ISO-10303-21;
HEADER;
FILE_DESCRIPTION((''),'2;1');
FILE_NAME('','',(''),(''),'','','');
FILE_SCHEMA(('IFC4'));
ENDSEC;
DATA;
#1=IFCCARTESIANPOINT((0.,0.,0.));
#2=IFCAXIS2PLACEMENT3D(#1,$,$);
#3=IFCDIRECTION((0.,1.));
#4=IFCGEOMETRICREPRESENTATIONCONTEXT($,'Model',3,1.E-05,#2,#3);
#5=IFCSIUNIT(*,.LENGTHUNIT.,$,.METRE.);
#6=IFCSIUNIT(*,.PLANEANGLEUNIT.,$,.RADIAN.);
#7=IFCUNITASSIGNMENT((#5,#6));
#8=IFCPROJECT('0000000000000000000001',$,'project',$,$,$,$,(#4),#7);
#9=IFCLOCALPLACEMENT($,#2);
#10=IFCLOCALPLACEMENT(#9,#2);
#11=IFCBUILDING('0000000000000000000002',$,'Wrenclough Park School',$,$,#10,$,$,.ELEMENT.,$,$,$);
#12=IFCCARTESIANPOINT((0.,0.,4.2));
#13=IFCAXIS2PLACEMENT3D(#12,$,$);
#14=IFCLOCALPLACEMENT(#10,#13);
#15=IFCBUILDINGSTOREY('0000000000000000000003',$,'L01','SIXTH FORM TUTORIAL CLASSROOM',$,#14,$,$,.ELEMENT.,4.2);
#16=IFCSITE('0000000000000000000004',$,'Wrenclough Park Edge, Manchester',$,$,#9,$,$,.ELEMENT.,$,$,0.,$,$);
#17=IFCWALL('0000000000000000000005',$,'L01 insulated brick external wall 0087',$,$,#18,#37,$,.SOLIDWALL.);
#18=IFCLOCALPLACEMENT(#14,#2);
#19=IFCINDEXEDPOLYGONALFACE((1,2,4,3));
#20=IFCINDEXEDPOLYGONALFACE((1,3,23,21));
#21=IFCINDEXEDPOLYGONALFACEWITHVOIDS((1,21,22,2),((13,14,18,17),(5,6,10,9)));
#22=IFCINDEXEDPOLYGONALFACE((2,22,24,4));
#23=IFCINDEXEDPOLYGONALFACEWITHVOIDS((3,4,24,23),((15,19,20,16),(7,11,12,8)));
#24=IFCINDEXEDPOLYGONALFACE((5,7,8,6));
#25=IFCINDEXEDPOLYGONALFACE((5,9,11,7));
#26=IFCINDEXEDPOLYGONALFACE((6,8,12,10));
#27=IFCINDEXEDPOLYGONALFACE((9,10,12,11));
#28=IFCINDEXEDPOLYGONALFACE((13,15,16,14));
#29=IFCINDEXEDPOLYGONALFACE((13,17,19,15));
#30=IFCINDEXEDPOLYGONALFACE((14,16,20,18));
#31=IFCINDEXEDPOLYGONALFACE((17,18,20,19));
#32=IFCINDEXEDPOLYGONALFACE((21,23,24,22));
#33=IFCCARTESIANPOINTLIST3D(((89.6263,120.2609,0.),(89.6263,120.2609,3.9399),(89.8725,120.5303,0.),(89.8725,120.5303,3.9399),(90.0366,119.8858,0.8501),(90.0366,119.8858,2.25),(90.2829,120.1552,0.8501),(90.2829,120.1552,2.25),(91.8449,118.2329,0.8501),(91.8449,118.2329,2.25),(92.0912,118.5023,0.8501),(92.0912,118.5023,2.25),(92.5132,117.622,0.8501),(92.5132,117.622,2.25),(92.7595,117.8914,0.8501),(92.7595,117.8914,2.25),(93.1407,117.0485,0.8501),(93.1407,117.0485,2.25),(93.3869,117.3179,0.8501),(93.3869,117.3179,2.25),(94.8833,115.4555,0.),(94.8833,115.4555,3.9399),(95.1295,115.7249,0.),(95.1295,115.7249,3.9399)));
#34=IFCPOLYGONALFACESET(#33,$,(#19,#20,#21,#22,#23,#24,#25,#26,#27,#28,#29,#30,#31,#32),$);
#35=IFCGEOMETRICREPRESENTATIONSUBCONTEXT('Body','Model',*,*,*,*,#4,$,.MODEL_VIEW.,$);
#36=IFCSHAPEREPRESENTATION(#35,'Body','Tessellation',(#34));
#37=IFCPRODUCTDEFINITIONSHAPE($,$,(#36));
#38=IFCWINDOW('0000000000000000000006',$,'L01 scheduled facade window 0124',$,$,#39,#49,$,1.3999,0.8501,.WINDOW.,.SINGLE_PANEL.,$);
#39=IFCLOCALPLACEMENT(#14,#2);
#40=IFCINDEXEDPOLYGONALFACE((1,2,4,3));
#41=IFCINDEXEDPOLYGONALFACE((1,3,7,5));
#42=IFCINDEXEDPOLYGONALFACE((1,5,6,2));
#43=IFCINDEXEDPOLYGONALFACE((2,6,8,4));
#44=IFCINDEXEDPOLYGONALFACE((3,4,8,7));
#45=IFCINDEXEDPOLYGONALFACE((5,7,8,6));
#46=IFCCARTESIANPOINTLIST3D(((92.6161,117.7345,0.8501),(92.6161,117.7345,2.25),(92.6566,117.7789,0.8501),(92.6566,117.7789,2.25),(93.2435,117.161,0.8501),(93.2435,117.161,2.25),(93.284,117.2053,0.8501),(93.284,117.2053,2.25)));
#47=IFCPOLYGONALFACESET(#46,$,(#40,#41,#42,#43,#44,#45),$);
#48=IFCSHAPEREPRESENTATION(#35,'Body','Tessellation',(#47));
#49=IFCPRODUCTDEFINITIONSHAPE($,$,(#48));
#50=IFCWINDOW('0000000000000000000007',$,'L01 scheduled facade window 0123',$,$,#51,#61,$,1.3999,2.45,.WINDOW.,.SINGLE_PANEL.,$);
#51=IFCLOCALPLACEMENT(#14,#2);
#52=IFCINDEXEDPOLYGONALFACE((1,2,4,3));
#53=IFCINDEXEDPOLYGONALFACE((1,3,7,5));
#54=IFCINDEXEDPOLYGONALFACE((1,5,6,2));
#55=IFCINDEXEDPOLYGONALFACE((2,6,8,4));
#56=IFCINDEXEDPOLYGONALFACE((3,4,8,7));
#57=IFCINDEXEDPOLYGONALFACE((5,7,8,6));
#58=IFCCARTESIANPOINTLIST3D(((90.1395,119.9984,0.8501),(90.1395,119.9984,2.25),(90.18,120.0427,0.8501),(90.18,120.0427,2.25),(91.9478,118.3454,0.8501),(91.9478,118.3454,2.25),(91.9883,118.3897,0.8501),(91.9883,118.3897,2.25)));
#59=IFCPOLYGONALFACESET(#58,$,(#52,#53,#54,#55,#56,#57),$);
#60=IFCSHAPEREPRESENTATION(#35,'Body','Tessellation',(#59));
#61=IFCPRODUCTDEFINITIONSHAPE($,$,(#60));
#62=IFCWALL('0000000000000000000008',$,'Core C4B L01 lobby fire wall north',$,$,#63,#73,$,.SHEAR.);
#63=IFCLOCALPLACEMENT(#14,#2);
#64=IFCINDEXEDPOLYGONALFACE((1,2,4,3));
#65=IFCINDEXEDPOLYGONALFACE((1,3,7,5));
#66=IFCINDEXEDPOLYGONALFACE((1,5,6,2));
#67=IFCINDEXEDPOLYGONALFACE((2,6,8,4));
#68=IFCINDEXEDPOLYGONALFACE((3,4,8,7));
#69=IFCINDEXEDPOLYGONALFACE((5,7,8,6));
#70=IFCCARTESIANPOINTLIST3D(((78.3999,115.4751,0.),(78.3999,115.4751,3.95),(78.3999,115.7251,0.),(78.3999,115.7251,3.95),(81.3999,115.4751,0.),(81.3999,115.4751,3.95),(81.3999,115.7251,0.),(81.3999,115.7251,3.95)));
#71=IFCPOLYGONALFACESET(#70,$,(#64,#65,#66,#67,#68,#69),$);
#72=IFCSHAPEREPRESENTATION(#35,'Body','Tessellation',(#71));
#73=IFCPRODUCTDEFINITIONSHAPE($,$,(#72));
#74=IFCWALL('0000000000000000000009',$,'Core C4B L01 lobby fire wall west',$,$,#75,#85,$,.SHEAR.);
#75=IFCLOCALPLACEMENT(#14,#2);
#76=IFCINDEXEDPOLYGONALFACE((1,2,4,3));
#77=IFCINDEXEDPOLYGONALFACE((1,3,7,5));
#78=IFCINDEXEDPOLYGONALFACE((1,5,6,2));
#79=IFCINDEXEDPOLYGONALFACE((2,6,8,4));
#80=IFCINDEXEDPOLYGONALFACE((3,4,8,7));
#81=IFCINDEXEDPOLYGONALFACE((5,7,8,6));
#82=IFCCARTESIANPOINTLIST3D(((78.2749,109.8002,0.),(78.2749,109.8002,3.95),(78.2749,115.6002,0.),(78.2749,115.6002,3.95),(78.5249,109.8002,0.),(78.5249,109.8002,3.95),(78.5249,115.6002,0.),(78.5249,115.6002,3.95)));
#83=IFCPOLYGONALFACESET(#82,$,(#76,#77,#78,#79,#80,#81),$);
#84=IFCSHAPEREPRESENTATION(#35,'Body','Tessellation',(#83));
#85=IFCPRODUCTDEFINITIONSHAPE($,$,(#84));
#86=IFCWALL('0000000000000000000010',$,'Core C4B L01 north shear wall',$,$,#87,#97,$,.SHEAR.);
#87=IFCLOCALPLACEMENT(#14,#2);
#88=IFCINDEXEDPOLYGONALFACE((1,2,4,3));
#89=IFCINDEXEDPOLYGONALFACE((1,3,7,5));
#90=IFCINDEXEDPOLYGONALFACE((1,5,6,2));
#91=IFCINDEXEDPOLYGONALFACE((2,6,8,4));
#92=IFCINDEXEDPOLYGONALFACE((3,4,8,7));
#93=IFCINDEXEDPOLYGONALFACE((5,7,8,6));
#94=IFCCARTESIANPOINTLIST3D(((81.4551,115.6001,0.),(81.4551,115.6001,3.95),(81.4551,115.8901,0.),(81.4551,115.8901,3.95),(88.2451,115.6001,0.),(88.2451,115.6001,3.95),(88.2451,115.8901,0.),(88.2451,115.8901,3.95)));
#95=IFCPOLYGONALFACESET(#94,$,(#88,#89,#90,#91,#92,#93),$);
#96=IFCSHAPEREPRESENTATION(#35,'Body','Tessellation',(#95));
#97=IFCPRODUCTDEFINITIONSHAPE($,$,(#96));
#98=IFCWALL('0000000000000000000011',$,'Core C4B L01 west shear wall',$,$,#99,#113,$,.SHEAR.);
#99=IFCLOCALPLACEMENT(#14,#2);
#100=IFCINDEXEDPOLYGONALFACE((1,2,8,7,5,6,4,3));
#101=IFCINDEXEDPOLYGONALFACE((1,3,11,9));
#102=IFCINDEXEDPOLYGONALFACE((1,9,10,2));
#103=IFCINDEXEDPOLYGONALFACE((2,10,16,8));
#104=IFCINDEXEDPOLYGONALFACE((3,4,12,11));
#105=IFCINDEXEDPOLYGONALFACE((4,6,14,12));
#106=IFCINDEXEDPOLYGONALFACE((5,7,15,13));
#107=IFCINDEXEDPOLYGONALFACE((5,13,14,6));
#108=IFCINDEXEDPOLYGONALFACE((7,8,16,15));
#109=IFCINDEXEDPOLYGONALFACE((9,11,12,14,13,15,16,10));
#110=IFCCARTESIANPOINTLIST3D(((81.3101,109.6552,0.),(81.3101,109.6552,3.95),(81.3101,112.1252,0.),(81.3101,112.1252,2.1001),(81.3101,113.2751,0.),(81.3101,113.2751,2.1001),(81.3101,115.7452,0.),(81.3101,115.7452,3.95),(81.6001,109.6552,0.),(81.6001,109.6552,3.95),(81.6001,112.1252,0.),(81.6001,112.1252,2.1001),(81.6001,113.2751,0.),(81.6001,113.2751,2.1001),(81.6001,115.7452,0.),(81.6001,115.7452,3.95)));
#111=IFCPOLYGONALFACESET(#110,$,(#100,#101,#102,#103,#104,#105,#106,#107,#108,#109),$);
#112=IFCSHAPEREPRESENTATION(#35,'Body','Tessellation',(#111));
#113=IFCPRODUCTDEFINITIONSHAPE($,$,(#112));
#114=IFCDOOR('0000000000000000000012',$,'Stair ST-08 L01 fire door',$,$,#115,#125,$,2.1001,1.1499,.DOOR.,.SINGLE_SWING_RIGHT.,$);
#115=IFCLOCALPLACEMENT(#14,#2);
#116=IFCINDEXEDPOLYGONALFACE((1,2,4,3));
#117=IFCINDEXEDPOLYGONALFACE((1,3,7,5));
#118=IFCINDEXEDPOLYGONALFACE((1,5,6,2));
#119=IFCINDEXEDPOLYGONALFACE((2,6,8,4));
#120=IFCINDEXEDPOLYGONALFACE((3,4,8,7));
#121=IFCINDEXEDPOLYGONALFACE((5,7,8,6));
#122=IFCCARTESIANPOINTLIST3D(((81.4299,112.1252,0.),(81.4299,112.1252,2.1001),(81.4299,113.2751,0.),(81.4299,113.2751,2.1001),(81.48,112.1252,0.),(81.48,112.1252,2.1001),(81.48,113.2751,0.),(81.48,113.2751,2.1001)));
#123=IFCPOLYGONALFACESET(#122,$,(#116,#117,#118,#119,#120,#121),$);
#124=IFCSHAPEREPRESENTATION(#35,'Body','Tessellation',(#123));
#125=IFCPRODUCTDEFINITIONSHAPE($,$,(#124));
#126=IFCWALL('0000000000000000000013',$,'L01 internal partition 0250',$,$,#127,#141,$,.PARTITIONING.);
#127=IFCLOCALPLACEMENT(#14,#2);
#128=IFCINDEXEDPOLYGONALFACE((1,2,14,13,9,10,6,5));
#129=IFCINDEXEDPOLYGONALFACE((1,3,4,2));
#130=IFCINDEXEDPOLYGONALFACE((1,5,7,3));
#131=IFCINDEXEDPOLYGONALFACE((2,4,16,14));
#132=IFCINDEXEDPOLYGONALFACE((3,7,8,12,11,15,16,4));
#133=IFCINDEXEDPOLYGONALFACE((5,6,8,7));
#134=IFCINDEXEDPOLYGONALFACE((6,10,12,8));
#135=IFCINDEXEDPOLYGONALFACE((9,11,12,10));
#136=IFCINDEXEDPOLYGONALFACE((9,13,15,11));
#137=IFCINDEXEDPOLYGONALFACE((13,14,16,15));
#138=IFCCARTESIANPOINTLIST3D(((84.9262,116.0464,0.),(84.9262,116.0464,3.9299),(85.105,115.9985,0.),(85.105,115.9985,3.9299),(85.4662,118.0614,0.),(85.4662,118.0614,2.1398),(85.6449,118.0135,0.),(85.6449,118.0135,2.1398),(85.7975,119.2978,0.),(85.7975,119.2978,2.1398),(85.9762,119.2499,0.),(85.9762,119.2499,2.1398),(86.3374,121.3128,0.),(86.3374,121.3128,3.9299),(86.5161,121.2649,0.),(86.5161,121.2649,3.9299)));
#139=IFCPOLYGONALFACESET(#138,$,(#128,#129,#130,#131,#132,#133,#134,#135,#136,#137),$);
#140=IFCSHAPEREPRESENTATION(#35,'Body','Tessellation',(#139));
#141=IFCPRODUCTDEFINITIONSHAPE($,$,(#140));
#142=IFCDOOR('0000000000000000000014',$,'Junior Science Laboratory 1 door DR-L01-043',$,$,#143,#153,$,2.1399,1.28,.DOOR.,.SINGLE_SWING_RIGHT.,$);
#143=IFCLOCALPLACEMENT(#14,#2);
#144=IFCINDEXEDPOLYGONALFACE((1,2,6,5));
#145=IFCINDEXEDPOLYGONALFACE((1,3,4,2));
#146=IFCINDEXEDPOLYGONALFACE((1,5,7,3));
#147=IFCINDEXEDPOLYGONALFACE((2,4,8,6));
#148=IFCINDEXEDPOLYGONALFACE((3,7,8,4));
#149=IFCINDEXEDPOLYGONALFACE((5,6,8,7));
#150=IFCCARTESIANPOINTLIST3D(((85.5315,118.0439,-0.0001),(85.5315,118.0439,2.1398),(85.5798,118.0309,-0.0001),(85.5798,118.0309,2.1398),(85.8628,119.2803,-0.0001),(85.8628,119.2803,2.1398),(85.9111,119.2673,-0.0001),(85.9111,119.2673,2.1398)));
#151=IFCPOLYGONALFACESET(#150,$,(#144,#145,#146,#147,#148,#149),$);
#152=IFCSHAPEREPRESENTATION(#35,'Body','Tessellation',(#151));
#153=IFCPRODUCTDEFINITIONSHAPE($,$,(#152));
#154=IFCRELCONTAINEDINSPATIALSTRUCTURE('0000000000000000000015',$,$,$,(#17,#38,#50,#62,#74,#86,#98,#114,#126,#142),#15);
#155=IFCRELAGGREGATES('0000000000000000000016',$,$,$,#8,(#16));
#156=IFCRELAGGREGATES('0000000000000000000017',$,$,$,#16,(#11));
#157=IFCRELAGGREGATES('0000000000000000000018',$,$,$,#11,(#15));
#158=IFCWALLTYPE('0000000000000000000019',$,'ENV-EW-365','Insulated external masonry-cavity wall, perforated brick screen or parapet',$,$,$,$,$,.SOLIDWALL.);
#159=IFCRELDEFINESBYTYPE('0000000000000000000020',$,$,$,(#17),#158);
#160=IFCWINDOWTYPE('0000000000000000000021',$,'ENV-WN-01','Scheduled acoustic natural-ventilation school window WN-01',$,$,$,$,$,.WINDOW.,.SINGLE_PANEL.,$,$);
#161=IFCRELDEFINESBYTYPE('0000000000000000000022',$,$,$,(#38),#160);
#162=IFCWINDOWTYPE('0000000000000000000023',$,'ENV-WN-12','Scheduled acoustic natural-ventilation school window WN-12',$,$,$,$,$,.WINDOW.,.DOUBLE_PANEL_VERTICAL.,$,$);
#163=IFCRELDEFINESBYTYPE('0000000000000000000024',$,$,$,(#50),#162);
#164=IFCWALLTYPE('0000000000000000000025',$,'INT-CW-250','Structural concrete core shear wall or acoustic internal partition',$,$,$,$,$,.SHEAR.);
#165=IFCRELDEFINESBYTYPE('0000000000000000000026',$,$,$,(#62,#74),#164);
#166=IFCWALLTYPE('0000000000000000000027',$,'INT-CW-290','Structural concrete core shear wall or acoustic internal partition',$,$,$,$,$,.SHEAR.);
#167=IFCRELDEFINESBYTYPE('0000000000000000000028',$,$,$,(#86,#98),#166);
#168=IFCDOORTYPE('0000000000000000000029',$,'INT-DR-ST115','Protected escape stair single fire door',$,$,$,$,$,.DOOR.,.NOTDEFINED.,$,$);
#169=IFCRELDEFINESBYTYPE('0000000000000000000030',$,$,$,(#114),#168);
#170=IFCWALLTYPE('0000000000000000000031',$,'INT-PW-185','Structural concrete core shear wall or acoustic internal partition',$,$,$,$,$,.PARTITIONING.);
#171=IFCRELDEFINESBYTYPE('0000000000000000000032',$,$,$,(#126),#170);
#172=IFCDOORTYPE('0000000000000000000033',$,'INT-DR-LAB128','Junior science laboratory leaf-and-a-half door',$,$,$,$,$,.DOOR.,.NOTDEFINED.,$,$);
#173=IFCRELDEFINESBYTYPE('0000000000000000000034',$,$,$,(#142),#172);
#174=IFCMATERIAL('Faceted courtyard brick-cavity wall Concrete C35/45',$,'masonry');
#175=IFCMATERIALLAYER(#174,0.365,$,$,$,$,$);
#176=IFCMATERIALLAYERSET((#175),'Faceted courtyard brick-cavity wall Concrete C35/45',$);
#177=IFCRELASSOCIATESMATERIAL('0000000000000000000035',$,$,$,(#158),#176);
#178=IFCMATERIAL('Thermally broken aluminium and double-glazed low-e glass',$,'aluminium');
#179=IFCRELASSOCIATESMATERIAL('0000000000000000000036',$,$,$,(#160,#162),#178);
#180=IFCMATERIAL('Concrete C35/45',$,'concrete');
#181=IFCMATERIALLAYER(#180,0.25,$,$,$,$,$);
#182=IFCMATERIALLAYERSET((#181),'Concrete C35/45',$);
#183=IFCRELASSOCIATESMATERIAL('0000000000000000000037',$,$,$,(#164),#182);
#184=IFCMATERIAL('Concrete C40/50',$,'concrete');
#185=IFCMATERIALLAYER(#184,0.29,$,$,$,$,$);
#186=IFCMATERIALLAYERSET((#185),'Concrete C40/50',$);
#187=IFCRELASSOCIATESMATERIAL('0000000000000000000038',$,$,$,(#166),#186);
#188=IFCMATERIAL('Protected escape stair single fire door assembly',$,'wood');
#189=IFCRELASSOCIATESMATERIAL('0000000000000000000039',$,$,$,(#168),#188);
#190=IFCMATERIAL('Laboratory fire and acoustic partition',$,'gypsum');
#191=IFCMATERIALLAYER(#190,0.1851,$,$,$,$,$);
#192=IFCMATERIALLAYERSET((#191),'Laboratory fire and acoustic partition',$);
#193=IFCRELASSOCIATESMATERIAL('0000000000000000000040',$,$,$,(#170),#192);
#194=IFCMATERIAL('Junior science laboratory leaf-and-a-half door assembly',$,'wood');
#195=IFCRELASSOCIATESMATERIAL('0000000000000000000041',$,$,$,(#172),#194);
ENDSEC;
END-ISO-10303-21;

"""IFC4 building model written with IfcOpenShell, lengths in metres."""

from ifc_helpers import new_model, si_unit, direction, frame, frame_2d, origin, place, context, subcontext, project, spatial, rectangle, extrude, material, layer, layer_set, type_object, element, fill, save


model = new_model("IFC4")

# Units and contexts
model_context = context("Model", 3, precision=1e-05, world=origin(), true_north=direction((0.0, 1.0)))
body_context = subcontext(model_context, "Body", "Model", "MODEL_VIEW")
ifc_project = project(units=[si_unit("LENGTHUNIT", "METRE"), si_unit("PLANEANGLEUNIT", "RADIAN")], contexts=[model_context])

# Site, building, storey
site_placement = place(None, origin())
site = spatial("IfcSite", under=ifc_project, at=site_placement, Name="Wrenclough Park Edge, Manchester", CompositionType="ELEMENT", RefElevation=0.0)
building_placement = place(site_placement, origin())
building = spatial("IfcBuilding", under=site, at=building_placement, Name="Wrenclough Park School", CompositionType="ELEMENT")
storey_placement = place(building_placement, frame((0.0, 0.0, 4.2)))
storey = spatial("IfcBuildingStorey", under=building, at=storey_placement, Name="L01", Description="SIXTH FORM TUTORIAL CLASSROOM", CompositionType="ELEMENT", Elevation=4.2)

# Wall, openings, windows
ifc_material_1 = material(Name="Faceted courtyard brick-cavity wall Concrete C35/45", Category="masonry")
ifc_layer_1 = layer(ifc_material_1, 0.365)
ifc_layer_set_1 = layer_set([ifc_layer_1], Name="Faceted courtyard brick-cavity wall Concrete C35/45")
wall_type_1 = type_object("IfcWallType", Name="ENV-EW-365", Description="Insulated external masonry-cavity wall, perforated brick screen or parapet", PredefinedType="SOLIDWALL", material=ifc_layer_set_1)
wall_1_placement = place(storey_placement, frame((89.7495, 120.3955, 0.0), z_axis=(0.0, 0.0, 1.0), x_axis=(0.738102, -0.674689, 0.0)))
wall_1 = element("IfcWall", 1, at=wall_1_placement, inside=storey, type_object=wall_type_1, Name="L01 insulated brick external wall 0087", PredefinedType="SOLIDWALL", context=body_context, shape_type="SweptSolid", body=[
    extrude(rectangle(XDim=7.1223, YDim=0.365, at=frame_2d((3.561, 0.0))), origin(), (0.0, 0.0, 1.0), 3.9399),
])
opening_1_placement = place(wall_1_placement, frame((0.5557, 0.0, 0.8501)))
opening_1 = element("IfcOpeningElement", 2, at=opening_1_placement, cuts=wall_1, PredefinedType="OPENING", context=body_context, shape_type="SweptSolid", body=[
    extrude(rectangle(XDim=2.45, YDim=1.3999, at=frame_2d((1.2251, 0.7))), frame((0.0, 0.1924, 0.0), z_axis=(0.0, -1.0, 0.0), x_axis=(1.0, 0.0, 0.0)), (0.0, 0.0, 1.0), 0.385),
])
opening_2_placement = place(wall_1_placement, frame((3.9111, 0.0, 0.8501)))
opening_2 = element("IfcOpeningElement", 3, at=opening_2_placement, cuts=wall_1, PredefinedType="OPENING", context=body_context, shape_type="SweptSolid", body=[
    extrude(rectangle(XDim=0.8501, YDim=1.3999, at=frame_2d((0.425, 0.7))), frame((0.0, 0.1924, 0.0), z_axis=(0.0, -1.0, 0.0), x_axis=(1.0, 0.0, 0.0)), (0.0, 0.0, 1.0), 0.385),
])
ifc_material_2 = material(Name="Thermally broken aluminium and double-glazed low-e glass", Category="aluminium")
window_type_1 = type_object("IfcWindowType", Name="ENV-WN-01", Description="Scheduled acoustic natural-ventilation school window WN-01", PartitioningType="SINGLE_PANEL", PredefinedType="WINDOW", material=ifc_material_2)
window_1_placement = place(opening_2_placement, origin())
window_1 = element("IfcWindow", 4, at=window_1_placement, inside=storey, type_object=window_type_1, Name="L01 scheduled facade window 0124", OverallHeight=1.3999, OverallWidth=0.8501, PartitioningType="SINGLE_PANEL", PredefinedType="WINDOW", context=body_context, shape_type="SweptSolid", body=[
    extrude(rectangle(XDim=0.8501, YDim=1.3999, at=frame_2d((0.425, 0.7))), frame((0.0, 0.03, 0.0), z_axis=(0.0, -1.0, 0.0), x_axis=(1.0, 0.0, 0.0)), (0.0, 0.0, 1.0), 0.0601),
])
fill(opening_2, window_1)
window_type_2 = type_object("IfcWindowType", Name="ENV-WN-12", Description="Scheduled acoustic natural-ventilation school window WN-12", PartitioningType="DOUBLE_PANEL_VERTICAL", PredefinedType="WINDOW", material=ifc_material_2)
window_2_placement = place(opening_1_placement, origin())
window_2 = element("IfcWindow", 5, at=window_2_placement, inside=storey, type_object=window_type_2, Name="L01 scheduled facade window 0123", OverallHeight=1.3999, OverallWidth=2.45, PartitioningType="SINGLE_PANEL", PredefinedType="WINDOW", context=body_context, shape_type="SweptSolid", body=[
    extrude(rectangle(XDim=2.45, YDim=1.3999, at=frame_2d((1.2251, 0.7))), frame((0.0, 0.03, 0.0), z_axis=(0.0, -1.0, 0.0), x_axis=(1.0, 0.0, 0.0)), (0.0, 0.0, 1.0), 0.0601),
])
fill(opening_1, window_2)

# Walls
ifc_material_3 = material(Name="Concrete C35/45", Category="concrete")
ifc_layer_2 = layer(ifc_material_3, 0.25)
ifc_layer_set_2 = layer_set([ifc_layer_2], Name="Concrete C35/45")
wall_type_2 = type_object("IfcWallType", Name="INT-CW-250", Description="Structural concrete core shear wall or acoustic internal partition", PredefinedType="SHEAR", material=ifc_layer_set_2)
wall_2_placement = place(storey_placement, frame((81.3999, 115.6001, 0.0), z_axis=(0.0, 0.0, 1.0), x_axis=(-1.0, 0.0, 0.0)))
element("IfcWall", 6, at=wall_2_placement, inside=storey, type_object=wall_type_2, Name="Core C4B L01 lobby fire wall north", PredefinedType="SHEAR", context=body_context, shape_type="SweptSolid", body=[
    extrude(rectangle(XDim=3.0, YDim=0.25, at=frame_2d((1.5, 0.0))), origin(), (0.0, 0.0, 1.0), 3.95),
])
wall_3_placement = place(storey_placement, frame((78.3999, 115.6001, 0.0), z_axis=(0.0, 0.0, 1.0), x_axis=(0.0, -1.0, 0.0)))
element("IfcWall", 7, at=wall_3_placement, inside=storey, type_object=wall_type_2, Name="Core C4B L01 lobby fire wall west", PredefinedType="SHEAR", context=body_context, shape_type="SweptSolid", body=[
    extrude(rectangle(XDim=5.8, YDim=0.25, at=frame_2d((2.8999, 0.0))), origin(), (0.0, 0.0, 1.0), 3.95),
])
ifc_material_4 = material(Name="Concrete C40/50", Category="concrete")
ifc_layer_3 = layer(ifc_material_4, 0.29)
ifc_layer_set_3 = layer_set([ifc_layer_3], Name="Concrete C40/50")
wall_type_3 = type_object("IfcWallType", Name="INT-CW-290", Description="Structural concrete core shear wall or acoustic internal partition", PredefinedType="SHEAR", material=ifc_layer_set_3)
wall_4_placement = place(storey_placement, frame((88.2451, 115.7451, 0.0), z_axis=(0.0, 0.0, 1.0), x_axis=(-1.0, 0.0, 0.0)))
element("IfcWall", 8, at=wall_4_placement, inside=storey, type_object=wall_type_3, Name="Core C4B L01 north shear wall", PredefinedType="SHEAR", context=body_context, shape_type="SweptSolid", body=[
    extrude(rectangle(XDim=6.79, YDim=0.29, at=frame_2d((3.395, 0.0))), origin(), (0.0, 0.0, 1.0), 3.95),
])

# Walls, openings, doors
wall_5_placement = place(storey_placement, frame((81.4551, 115.7451, 0.0), z_axis=(0.0, 0.0, 1.0), x_axis=(0.0, -1.0, 0.0)))
wall_5 = element("IfcWall", 9, at=wall_5_placement, inside=storey, type_object=wall_type_3, Name="Core C4B L01 west shear wall", PredefinedType="SHEAR", context=body_context, shape_type="SweptSolid", body=[
    extrude(rectangle(XDim=6.0901, YDim=0.29, at=frame_2d((3.0449, 0.0))), origin(), (0.0, 0.0, 1.0), 3.95),
])
opening_3_placement = place(wall_5_placement, frame((2.47, 0.0, 0.0)))
opening_3 = element("IfcOpeningElement", 10, at=opening_3_placement, cuts=wall_5, PredefinedType="OPENING", context=body_context, shape_type="SweptSolid", body=[
    extrude(rectangle(XDim=1.1499, YDim=2.1001, at=frame_2d((0.575, 1.05))), frame((0.0, 0.155, 0.0), z_axis=(0.0, -1.0, 0.0), x_axis=(1.0, 0.0, 0.0)), (0.0, 0.0, 1.0), 0.3101),
])
ifc_material_5 = material(Name="Protected escape stair single fire door assembly", Category="wood")
door_type_1 = type_object("IfcDoorType", Name="INT-DR-ST115", Description="Protected escape stair single fire door", OperationType="NOTDEFINED", PredefinedType="DOOR", material=ifc_material_5)
door_1_placement = place(opening_3_placement, origin())
door_1 = element("IfcDoor", 11, at=door_1_placement, inside=storey, type_object=door_type_1, Name="Stair ST-08 L01 fire door", OperationType="SINGLE_SWING_RIGHT", OverallHeight=2.1001, OverallWidth=1.1499, PredefinedType="DOOR", context=body_context, shape_type="SweptSolid", body=[
    extrude(rectangle(XDim=1.1499, YDim=2.1001, at=frame_2d((0.575, 1.05))), frame((0.0, 0.0249, 0.0), z_axis=(0.0, -1.0, 0.0), x_axis=(1.0, 0.0, 0.0)), (0.0, 0.0, 1.0), 0.05),
])
fill(opening_3, door_1)
ifc_material_6 = material(Name="Laboratory fire and acoustic partition", Category="gypsum")
ifc_layer_4 = layer(ifc_material_6, 0.1851)
ifc_layer_set_4 = layer_set([ifc_layer_4], Name="Laboratory fire and acoustic partition")
wall_type_4 = type_object("IfcWallType", Name="INT-PW-185", Description="Structural concrete core shear wall or acoustic internal partition", PredefinedType="PARTITIONING", material=ifc_layer_set_4)
wall_6_placement = place(storey_placement, frame((85.0156, 116.0225, 0.0), z_axis=(0.0, 0.0, 1.0), x_axis=(0.258822, 0.965925, 0.0)))
wall_6 = element("IfcWall", 12, at=wall_6_placement, inside=storey, type_object=wall_type_4, Name="L01 internal partition 0250", PredefinedType="PARTITIONING", context=body_context, shape_type="SweptSolid", body=[
    extrude(rectangle(XDim=5.4521, YDim=0.1851, at=frame_2d((2.7261, 0.0))), origin(), (0.0, 0.0, 1.0), 3.9299),
])
opening_4_placement = place(wall_6_placement, frame((2.0859, 0.0, 0.0)))
opening_4 = element("IfcOpeningElement", 13, at=opening_4_placement, cuts=wall_6, PredefinedType="OPENING", context=body_context, shape_type="SweptSolid", body=[
    extrude(rectangle(XDim=1.28, YDim=2.1399, at=frame_2d((0.6401, 1.0698))), frame((0.0, 0.1025, 0.0), z_axis=(0.0, -1.0, 0.0), x_axis=(1.0, 0.0, 0.0)), (0.0, 0.0, 1.0), 0.2051),
])
ifc_material_7 = material(Name="Junior science laboratory leaf-and-a-half door assembly", Category="wood")
door_type_2 = type_object("IfcDoorType", Name="INT-DR-LAB128", Description="Junior science laboratory leaf-and-a-half door", OperationType="NOTDEFINED", PredefinedType="DOOR", material=ifc_material_7)
door_2_placement = place(opening_4_placement, origin())
door_2 = element("IfcDoor", 14, at=door_2_placement, inside=storey, type_object=door_type_2, Name="Junior Science Laboratory 1 door DR-L01-043", OperationType="SINGLE_SWING_RIGHT", OverallHeight=2.1399, OverallWidth=1.28, PredefinedType="DOOR", context=body_context, shape_type="SweptSolid", body=[
    extrude(rectangle(XDim=1.28, YDim=2.1399, at=frame_2d((0.6401, 1.0698))), frame((0.0, 0.0249, 0.0), z_axis=(0.0, -1.0, 0.0), x_axis=(1.0, 0.0, 0.0)), (0.0, 0.0, 1.0), 0.05),
])
fill(opening_4, door_2)

save(model, "model.ifc")
